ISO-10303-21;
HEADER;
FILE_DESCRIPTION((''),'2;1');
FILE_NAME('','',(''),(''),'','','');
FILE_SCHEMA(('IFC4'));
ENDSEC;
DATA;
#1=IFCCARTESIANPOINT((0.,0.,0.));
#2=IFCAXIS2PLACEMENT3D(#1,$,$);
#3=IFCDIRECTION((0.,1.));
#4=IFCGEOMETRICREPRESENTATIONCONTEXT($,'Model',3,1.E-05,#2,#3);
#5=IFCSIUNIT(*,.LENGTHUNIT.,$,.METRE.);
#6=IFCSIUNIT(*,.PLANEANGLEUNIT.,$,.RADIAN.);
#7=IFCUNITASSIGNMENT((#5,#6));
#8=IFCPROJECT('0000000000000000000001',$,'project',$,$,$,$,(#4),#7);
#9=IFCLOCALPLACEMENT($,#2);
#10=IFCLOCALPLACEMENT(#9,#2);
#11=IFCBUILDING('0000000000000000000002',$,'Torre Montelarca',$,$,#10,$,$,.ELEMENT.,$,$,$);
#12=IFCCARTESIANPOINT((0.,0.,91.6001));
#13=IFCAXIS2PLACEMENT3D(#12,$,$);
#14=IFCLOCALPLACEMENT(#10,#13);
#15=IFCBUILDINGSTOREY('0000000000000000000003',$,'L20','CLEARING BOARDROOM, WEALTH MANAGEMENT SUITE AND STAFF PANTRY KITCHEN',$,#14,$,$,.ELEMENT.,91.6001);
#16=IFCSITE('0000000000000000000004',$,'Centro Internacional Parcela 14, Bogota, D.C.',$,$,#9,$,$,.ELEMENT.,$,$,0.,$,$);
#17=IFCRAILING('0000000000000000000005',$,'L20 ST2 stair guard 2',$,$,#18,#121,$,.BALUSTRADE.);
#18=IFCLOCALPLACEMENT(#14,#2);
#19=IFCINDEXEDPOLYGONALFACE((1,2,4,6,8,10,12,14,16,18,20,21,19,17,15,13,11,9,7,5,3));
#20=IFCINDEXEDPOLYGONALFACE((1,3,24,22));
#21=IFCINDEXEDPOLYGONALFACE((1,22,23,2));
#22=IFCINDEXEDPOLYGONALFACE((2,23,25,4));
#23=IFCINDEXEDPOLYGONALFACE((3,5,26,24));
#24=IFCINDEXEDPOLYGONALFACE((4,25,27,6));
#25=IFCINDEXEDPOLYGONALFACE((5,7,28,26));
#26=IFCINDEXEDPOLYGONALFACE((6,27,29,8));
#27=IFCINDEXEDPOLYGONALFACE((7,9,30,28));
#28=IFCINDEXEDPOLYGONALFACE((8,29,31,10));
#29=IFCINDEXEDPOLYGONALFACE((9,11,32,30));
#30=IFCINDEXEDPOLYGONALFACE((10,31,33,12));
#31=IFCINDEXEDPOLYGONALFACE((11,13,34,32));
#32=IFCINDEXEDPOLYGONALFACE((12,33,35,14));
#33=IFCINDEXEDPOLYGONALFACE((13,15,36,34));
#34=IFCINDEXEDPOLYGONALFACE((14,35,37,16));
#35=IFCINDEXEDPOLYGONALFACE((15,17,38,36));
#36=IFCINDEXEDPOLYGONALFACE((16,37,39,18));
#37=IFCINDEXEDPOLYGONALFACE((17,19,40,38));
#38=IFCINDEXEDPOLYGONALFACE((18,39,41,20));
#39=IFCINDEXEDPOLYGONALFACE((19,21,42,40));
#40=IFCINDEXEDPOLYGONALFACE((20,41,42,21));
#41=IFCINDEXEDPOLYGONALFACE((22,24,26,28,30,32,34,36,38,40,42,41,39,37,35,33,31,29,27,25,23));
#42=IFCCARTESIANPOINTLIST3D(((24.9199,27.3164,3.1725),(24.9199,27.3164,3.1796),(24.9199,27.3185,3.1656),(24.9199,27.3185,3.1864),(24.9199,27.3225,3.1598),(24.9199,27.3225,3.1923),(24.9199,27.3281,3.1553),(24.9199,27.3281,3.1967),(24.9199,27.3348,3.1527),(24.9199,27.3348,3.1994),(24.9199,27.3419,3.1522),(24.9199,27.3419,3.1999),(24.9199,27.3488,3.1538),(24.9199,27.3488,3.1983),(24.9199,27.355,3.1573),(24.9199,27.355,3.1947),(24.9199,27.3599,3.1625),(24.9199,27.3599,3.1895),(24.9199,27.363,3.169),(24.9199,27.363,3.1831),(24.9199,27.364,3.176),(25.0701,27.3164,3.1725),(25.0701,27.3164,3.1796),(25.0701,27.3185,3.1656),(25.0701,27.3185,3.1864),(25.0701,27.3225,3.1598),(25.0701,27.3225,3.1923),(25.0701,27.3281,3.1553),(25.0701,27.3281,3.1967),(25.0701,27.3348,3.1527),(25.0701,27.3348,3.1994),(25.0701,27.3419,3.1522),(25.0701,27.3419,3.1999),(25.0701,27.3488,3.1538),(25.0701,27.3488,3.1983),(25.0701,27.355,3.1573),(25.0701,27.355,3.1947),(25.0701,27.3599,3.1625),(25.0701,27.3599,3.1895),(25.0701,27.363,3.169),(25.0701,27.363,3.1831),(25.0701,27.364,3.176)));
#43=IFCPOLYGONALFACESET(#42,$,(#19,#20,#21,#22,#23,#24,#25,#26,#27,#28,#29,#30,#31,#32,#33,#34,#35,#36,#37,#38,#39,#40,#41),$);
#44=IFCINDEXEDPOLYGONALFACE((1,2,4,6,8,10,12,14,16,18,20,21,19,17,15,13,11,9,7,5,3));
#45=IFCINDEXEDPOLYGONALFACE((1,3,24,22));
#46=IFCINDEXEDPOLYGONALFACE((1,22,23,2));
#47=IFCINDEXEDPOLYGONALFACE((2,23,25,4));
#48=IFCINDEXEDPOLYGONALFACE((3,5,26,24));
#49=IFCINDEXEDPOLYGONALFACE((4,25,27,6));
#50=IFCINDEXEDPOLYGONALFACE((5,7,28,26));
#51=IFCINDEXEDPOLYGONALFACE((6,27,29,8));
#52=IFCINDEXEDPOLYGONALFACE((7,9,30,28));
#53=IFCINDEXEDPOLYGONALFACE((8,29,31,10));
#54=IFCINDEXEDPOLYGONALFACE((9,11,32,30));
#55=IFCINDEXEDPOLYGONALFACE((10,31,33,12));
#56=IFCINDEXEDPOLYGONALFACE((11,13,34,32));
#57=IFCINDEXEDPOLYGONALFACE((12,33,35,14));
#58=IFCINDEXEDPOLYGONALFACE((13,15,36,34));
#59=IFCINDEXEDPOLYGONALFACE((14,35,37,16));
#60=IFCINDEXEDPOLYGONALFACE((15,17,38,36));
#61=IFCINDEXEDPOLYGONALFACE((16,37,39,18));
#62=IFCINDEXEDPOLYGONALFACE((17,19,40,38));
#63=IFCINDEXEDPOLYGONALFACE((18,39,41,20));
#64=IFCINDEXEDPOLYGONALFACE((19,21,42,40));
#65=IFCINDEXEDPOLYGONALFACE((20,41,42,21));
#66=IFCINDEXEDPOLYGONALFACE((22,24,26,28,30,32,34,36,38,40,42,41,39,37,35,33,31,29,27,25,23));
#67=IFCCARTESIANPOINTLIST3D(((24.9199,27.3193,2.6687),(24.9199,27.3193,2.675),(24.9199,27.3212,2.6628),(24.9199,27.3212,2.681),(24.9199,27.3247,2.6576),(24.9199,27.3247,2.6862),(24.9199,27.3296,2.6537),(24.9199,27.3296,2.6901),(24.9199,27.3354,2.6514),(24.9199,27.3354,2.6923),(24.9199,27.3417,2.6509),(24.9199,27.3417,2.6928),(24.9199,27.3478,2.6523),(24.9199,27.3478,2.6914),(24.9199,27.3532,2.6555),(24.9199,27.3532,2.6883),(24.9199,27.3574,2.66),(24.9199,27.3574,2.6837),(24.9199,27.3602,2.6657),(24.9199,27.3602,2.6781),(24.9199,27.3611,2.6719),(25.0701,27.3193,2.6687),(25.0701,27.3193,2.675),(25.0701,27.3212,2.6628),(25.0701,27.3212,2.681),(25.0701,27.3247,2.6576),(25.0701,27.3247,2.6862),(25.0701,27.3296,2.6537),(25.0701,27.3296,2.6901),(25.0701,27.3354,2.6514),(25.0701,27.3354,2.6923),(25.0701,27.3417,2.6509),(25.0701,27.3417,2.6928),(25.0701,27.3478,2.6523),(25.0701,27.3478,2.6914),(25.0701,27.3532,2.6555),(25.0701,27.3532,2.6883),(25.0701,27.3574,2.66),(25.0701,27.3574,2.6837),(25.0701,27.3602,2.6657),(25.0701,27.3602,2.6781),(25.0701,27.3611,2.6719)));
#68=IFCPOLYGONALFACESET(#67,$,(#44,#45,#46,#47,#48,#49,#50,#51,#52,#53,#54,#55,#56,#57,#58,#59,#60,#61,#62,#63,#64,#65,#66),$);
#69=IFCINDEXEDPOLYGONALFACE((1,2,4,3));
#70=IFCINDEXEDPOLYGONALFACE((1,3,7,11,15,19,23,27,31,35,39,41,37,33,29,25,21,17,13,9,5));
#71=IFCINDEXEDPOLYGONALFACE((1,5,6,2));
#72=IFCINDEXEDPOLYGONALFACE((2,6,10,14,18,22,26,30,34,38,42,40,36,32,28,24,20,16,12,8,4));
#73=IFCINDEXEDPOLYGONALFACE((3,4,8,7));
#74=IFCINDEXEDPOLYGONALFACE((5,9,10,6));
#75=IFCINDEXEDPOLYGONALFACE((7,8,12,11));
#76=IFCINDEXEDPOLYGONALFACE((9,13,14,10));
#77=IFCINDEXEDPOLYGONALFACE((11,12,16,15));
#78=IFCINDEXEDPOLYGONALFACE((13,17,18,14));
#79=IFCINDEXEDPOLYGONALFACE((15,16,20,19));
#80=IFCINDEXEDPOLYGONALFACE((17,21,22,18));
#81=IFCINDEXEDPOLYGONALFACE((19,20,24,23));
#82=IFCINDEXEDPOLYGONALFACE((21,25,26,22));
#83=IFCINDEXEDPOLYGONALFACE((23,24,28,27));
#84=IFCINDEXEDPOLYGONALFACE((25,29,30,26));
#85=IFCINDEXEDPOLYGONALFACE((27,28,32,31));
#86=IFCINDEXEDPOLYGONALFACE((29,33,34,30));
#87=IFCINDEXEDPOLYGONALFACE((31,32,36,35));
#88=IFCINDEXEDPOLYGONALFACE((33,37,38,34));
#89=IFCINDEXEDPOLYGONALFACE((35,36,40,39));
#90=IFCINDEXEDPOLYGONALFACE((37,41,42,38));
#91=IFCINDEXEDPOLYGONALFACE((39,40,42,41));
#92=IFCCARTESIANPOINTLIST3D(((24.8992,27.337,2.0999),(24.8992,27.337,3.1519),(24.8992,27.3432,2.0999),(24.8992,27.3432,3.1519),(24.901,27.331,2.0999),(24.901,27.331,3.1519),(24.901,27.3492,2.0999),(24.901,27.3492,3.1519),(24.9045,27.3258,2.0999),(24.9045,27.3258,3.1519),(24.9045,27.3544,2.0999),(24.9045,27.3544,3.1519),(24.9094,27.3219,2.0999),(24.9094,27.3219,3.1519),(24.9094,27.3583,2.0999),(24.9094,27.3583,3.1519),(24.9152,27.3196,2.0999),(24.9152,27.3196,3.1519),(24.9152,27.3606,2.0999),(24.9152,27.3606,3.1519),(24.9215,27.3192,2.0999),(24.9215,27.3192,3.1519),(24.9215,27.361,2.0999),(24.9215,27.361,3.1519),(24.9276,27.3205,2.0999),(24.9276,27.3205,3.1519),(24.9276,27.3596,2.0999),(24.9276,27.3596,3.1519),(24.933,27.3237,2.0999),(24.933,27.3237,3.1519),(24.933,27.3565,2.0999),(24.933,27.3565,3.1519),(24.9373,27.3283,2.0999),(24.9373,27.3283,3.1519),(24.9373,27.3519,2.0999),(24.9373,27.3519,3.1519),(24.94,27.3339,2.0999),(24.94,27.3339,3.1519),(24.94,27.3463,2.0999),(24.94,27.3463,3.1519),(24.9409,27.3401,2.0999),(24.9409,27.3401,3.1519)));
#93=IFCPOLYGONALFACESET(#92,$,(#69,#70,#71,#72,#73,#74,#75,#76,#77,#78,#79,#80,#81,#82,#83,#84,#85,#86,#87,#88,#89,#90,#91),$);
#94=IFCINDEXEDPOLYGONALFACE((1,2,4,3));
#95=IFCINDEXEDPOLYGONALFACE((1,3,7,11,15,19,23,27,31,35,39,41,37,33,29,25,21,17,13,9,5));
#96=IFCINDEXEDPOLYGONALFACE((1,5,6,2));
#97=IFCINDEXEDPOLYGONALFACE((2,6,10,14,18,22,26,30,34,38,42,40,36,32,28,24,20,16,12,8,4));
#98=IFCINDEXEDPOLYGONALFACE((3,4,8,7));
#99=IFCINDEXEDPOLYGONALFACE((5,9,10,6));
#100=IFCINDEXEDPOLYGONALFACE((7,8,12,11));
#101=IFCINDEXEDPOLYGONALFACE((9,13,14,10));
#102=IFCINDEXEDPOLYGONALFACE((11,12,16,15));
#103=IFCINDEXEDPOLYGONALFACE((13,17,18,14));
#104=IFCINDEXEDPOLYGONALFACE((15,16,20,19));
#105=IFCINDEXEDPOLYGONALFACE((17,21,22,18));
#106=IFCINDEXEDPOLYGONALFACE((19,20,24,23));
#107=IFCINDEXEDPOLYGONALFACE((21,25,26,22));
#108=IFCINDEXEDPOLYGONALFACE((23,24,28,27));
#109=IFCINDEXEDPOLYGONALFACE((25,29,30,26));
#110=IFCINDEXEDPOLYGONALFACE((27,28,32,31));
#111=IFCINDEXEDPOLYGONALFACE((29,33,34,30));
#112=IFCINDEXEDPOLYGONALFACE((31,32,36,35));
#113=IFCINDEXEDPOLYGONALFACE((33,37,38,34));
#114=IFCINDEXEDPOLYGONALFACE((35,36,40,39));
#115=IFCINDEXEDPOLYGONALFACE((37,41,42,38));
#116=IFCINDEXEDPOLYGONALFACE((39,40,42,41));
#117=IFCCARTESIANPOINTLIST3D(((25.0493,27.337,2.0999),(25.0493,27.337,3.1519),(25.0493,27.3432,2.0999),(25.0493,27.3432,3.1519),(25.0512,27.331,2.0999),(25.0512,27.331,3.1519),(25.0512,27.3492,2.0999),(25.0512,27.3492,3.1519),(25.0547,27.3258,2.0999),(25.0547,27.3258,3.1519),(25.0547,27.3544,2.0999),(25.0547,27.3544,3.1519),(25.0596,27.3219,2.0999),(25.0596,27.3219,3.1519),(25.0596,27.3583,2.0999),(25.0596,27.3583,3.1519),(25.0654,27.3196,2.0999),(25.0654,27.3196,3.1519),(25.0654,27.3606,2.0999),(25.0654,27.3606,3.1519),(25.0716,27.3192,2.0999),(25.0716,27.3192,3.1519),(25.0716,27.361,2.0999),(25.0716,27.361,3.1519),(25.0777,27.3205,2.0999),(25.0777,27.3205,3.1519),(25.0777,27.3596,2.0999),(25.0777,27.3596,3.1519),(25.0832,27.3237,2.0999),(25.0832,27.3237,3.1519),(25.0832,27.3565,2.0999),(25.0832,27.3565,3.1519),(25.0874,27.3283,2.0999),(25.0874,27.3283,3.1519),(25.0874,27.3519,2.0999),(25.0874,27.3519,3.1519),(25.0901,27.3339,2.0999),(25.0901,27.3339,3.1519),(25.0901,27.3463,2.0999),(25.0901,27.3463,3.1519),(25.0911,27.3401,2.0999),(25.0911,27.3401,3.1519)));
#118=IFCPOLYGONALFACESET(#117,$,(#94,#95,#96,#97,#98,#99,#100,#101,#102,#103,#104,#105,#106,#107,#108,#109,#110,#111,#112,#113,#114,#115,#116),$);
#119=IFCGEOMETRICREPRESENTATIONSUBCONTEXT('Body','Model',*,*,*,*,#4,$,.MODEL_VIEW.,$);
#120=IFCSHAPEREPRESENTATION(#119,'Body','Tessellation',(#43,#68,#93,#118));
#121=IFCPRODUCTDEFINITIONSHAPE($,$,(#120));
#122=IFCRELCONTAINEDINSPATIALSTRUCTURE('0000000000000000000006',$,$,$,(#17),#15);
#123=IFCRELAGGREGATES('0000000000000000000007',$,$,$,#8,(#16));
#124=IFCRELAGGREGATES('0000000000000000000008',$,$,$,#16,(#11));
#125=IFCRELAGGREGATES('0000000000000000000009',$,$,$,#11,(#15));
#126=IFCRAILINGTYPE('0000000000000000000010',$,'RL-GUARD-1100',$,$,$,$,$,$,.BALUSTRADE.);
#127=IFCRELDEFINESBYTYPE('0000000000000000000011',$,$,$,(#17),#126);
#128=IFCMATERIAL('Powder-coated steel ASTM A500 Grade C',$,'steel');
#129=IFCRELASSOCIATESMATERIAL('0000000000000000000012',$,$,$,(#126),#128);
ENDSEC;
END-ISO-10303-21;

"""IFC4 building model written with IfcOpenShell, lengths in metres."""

from ifc_helpers import new_model, si_unit, direction, frame, origin, origin_2d, place, context, subcontext, project, spatial, circle, extrude, material, type_object, element, save


model = new_model("IFC4")

# Units and contexts
model_context = context("Model", 3, precision=1e-05, world=origin(), true_north=direction((0.0, 1.0)))
body_context = subcontext(model_context, "Body", "Model", "MODEL_VIEW")
ifc_project = project(units=[si_unit("LENGTHUNIT", "METRE"), si_unit("PLANEANGLEUNIT", "RADIAN")], contexts=[model_context])

# Site, building, storey
site_placement = place(None, origin())
site = spatial("IfcSite", under=ifc_project, at=site_placement, Name="Centro Internacional Parcela 14, Bogota, D.C.", CompositionType="ELEMENT", RefElevation=0.0)
building_placement = place(site_placement, origin())
building = spatial("IfcBuilding", under=site, at=building_placement, Name="Torre Montelarca", CompositionType="ELEMENT")
storey_placement = place(building_placement, frame((0.0, 0.0, 91.6001)))
storey = spatial("IfcBuildingStorey", under=building, at=storey_placement, Name="L20", Description="CLEARING BOARDROOM, WEALTH MANAGEMENT SUITE AND STAFF PANTRY KITCHEN", CompositionType="ELEMENT", Elevation=91.6001)

# Railing
ifc_material_1 = material(Name="Powder-coated steel ASTM A500 Grade C", Category="steel")
railing_type = type_object("IfcRailingType", Name="RL-GUARD-1100", PredefinedType="BALUSTRADE", material=ifc_material_1)
railing_1_placement = place(storey_placement, frame((24.9199, 27.3401, 2.0999)))
element("IfcRailing", 1, at=railing_1_placement, inside=storey, type_object=railing_type, Name="L20 ST2 stair guard 2", PredefinedType="BALUSTRADE", context=body_context, shape_type="SweptSolid", body=[
    extrude(circle(Radius=0.0239, at=origin_2d()), frame((0.0, 0.0, 1.0762), z_axis=(1.0, 0.0, 0.0), x_axis=(0.0, 1.0, 0.0)), (0.0, 0.0, 1.0), 0.1501),
    extrude(circle(Radius=0.021, at=origin_2d()), frame((0.0, 0.0, 0.572), z_axis=(1.0, 0.0, 0.0), x_axis=(0.0, 1.0, 0.0)), (0.0, 0.0, 1.0), 0.1501),
    extrude(circle(Radius=0.021, at=origin_2d()), origin(), (0.0, 0.0, 1.0), 1.052),
    extrude(circle(Radius=0.021, at=origin_2d()), frame((0.1501, 0.0, 0.0)), (0.0, 0.0, 1.0), 1.052),
])

save(model, "model.ifc")
